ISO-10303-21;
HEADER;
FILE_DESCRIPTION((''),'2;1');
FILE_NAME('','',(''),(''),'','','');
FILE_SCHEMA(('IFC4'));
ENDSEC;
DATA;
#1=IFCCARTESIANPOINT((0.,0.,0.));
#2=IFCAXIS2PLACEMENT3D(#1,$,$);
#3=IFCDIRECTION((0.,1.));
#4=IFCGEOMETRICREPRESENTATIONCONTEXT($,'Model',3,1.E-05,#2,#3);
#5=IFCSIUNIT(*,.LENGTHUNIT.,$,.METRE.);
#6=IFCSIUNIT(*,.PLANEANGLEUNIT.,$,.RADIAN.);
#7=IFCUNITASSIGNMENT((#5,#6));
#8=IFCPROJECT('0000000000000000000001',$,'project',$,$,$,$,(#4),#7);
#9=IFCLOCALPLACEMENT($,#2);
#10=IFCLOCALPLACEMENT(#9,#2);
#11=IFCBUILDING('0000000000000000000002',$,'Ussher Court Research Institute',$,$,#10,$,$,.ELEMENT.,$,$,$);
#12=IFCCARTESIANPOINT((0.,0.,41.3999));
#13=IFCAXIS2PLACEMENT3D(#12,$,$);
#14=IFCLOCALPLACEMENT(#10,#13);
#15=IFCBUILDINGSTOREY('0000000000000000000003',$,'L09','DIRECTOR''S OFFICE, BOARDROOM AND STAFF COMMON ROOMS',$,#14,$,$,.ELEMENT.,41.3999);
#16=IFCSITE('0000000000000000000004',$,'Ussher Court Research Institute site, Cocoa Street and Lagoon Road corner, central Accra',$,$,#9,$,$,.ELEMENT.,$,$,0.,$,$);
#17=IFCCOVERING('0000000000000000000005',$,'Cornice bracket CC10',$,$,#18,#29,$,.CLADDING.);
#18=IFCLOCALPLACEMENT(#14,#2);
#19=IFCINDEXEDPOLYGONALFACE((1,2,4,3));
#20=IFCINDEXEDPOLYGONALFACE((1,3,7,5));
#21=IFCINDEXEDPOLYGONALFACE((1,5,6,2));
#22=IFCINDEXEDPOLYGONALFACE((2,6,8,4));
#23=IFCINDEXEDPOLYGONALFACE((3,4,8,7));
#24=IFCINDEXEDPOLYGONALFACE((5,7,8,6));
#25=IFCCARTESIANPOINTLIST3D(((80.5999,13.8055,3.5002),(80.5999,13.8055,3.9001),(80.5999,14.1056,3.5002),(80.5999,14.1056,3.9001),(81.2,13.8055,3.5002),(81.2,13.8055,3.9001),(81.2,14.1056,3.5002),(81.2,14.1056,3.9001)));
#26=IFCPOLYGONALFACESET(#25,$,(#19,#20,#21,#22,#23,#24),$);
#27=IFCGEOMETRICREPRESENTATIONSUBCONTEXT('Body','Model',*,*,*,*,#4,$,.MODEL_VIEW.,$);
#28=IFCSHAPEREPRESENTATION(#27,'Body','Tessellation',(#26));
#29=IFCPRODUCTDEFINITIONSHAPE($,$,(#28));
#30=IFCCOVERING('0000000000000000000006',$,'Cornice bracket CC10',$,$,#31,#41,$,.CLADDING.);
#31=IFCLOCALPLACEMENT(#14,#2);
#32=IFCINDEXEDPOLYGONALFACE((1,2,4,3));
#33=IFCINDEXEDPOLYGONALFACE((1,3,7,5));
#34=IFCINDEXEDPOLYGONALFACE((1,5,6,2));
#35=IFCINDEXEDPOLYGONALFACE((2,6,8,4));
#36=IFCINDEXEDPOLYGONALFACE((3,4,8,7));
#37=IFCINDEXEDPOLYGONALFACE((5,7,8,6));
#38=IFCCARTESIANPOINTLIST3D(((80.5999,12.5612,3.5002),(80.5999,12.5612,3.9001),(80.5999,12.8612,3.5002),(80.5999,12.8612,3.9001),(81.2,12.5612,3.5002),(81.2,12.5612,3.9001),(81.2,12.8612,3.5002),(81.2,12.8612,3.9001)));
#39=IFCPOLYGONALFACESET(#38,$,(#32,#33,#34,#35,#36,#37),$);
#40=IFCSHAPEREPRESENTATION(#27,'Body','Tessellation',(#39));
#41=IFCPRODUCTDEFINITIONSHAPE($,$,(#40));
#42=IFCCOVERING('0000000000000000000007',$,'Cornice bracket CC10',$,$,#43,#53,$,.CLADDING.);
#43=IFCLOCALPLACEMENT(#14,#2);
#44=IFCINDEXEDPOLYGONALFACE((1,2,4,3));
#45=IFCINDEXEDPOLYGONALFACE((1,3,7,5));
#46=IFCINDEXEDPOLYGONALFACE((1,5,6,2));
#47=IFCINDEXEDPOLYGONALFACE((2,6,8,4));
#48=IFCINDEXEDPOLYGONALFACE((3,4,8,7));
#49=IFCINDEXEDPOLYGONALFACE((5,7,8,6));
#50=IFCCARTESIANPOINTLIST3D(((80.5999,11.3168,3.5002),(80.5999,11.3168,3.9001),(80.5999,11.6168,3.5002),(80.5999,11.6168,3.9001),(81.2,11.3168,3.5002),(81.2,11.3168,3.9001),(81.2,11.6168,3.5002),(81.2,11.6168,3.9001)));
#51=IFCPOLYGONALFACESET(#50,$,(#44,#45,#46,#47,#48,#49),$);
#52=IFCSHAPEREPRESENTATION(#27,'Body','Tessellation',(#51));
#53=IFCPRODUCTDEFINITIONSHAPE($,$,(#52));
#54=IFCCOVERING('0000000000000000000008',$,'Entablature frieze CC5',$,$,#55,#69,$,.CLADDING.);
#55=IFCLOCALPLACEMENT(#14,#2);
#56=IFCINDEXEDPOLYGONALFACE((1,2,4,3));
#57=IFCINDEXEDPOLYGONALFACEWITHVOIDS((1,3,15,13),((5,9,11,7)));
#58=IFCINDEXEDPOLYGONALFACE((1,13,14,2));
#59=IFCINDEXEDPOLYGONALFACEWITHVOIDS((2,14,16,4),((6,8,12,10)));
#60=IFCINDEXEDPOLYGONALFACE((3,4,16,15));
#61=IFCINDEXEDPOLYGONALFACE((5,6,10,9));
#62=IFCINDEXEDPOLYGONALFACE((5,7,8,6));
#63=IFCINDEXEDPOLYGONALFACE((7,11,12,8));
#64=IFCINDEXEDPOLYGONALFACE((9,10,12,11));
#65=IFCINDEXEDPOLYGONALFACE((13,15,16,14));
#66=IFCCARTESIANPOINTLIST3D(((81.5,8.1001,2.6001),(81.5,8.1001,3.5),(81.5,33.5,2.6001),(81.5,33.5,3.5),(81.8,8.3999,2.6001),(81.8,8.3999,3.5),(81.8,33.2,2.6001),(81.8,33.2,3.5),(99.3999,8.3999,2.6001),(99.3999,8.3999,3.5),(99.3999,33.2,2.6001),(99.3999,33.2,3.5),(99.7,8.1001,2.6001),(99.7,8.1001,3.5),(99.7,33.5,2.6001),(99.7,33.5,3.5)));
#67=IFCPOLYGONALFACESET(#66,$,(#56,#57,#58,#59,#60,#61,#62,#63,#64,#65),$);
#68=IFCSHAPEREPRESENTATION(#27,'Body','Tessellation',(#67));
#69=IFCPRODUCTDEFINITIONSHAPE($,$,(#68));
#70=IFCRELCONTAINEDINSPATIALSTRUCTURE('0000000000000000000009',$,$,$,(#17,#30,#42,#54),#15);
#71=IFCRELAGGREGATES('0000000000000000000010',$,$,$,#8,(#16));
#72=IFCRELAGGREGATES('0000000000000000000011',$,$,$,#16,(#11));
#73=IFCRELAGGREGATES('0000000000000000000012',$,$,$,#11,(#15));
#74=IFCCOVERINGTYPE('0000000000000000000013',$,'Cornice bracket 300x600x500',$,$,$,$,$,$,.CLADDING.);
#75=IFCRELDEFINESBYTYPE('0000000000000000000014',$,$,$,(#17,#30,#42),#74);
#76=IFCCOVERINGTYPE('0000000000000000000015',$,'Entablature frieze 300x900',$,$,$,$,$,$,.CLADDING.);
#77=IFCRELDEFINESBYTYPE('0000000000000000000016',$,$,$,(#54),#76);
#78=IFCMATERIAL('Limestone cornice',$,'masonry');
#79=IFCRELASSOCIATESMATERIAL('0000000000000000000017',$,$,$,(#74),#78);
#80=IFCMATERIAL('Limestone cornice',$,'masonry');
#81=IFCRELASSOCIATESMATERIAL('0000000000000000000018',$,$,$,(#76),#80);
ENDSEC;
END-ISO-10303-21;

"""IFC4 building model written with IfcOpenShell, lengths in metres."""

from ifc_helpers import new_model, si_unit, direction, frame, origin, origin_2d, place, context, subcontext, project, spatial, polyline, rectangle, outline, extrude, material, type_object, element, save


model = new_model("IFC4")

# Units and contexts
model_context = context("Model", 3, precision=1e-05, world=origin(), true_north=direction((0.0, 1.0)))
body_context = subcontext(model_context, "Body", "Model", "MODEL_VIEW")
ifc_project = project(units=[si_unit("LENGTHUNIT", "METRE"), si_unit("PLANEANGLEUNIT", "RADIAN")], contexts=[model_context])

# Site, building, storey
site_placement = place(None, origin())
site = spatial("IfcSite", under=ifc_project, at=site_placement, Name="Ussher Court Research Institute site, Cocoa Street and Lagoon Road corner, central Accra", CompositionType="ELEMENT", RefElevation=0.0)
building_placement = place(site_placement, origin())
building = spatial("IfcBuilding", under=site, at=building_placement, Name="Ussher Court Research Institute", CompositionType="ELEMENT")
storey_placement = place(building_placement, frame((0.0, 0.0, 41.3999)))
storey = spatial("IfcBuildingStorey", under=building, at=storey_placement, Name="L09", Description="DIRECTOR'S OFFICE, BOARDROOM AND STAFF COMMON ROOMS", CompositionType="ELEMENT", Elevation=41.3999)

# Coverings
ifc_material_1 = material(Name="Limestone cornice", Category="masonry")
covering_type_1 = type_object("IfcCoveringType", Name="Cornice bracket 300x600x500", PredefinedType="CLADDING", material=ifc_material_1)
for number, where, z_axis, x_axis, name in (
    (1, (80.8999, 13.9556, 3.5002), (0.0, 0.0, 1.0), (0.0, -1.0, 0.0), "Cornice bracket CC10"),
    (2, (80.8999, 12.7112, 3.5002), (0.0, 0.0, 1.0), (0.0, -1.0, 0.0), "Cornice bracket CC10"),
    (3, (80.8999, 11.4668, 3.5002), (0.0, 0.0, 1.0), (0.0, -1.0, 0.0), "Cornice bracket CC10"),
):
    element("IfcCovering", number, at=place(storey_placement, frame(where, z_axis=z_axis, x_axis=x_axis)), inside=storey, type_object=covering_type_1, Name=name, PredefinedType="CLADDING", context=body_context, shape_type="SweptSolid", body=[
        extrude(rectangle(XDim=0.3, YDim=0.6001, at=origin_2d()), origin(), (0.0, 0.0, 1.0), 0.3999),
    ])
ifc_material_2 = material(Name="Limestone cornice", Category="masonry")
covering_type_2 = type_object("IfcCoveringType", Name="Entablature frieze 300x900", PredefinedType="CLADDING", material=ifc_material_2)
covering_placement = place(storey_placement, frame((0.0, 0.0, 2.6001)))
element("IfcCovering", 4, at=covering_placement, inside=storey, type_object=covering_type_2, Name="Entablature frieze CC5", PredefinedType="CLADDING", context=body_context, shape_type="SweptSolid", body=[
    extrude(outline(polyline([(81.5, 33.5), (81.5, 8.1001), (99.7, 8.1001), (99.7, 33.5), (81.5, 33.5)]), holes=[polyline([(81.8, 33.2), (99.3999, 33.2), (99.3999, 8.3999), (81.8, 8.3999), (81.8, 33.2)])]), origin(), (0.0, 0.0, 1.0), 0.8999),
])

save(model, "model.ifc")
